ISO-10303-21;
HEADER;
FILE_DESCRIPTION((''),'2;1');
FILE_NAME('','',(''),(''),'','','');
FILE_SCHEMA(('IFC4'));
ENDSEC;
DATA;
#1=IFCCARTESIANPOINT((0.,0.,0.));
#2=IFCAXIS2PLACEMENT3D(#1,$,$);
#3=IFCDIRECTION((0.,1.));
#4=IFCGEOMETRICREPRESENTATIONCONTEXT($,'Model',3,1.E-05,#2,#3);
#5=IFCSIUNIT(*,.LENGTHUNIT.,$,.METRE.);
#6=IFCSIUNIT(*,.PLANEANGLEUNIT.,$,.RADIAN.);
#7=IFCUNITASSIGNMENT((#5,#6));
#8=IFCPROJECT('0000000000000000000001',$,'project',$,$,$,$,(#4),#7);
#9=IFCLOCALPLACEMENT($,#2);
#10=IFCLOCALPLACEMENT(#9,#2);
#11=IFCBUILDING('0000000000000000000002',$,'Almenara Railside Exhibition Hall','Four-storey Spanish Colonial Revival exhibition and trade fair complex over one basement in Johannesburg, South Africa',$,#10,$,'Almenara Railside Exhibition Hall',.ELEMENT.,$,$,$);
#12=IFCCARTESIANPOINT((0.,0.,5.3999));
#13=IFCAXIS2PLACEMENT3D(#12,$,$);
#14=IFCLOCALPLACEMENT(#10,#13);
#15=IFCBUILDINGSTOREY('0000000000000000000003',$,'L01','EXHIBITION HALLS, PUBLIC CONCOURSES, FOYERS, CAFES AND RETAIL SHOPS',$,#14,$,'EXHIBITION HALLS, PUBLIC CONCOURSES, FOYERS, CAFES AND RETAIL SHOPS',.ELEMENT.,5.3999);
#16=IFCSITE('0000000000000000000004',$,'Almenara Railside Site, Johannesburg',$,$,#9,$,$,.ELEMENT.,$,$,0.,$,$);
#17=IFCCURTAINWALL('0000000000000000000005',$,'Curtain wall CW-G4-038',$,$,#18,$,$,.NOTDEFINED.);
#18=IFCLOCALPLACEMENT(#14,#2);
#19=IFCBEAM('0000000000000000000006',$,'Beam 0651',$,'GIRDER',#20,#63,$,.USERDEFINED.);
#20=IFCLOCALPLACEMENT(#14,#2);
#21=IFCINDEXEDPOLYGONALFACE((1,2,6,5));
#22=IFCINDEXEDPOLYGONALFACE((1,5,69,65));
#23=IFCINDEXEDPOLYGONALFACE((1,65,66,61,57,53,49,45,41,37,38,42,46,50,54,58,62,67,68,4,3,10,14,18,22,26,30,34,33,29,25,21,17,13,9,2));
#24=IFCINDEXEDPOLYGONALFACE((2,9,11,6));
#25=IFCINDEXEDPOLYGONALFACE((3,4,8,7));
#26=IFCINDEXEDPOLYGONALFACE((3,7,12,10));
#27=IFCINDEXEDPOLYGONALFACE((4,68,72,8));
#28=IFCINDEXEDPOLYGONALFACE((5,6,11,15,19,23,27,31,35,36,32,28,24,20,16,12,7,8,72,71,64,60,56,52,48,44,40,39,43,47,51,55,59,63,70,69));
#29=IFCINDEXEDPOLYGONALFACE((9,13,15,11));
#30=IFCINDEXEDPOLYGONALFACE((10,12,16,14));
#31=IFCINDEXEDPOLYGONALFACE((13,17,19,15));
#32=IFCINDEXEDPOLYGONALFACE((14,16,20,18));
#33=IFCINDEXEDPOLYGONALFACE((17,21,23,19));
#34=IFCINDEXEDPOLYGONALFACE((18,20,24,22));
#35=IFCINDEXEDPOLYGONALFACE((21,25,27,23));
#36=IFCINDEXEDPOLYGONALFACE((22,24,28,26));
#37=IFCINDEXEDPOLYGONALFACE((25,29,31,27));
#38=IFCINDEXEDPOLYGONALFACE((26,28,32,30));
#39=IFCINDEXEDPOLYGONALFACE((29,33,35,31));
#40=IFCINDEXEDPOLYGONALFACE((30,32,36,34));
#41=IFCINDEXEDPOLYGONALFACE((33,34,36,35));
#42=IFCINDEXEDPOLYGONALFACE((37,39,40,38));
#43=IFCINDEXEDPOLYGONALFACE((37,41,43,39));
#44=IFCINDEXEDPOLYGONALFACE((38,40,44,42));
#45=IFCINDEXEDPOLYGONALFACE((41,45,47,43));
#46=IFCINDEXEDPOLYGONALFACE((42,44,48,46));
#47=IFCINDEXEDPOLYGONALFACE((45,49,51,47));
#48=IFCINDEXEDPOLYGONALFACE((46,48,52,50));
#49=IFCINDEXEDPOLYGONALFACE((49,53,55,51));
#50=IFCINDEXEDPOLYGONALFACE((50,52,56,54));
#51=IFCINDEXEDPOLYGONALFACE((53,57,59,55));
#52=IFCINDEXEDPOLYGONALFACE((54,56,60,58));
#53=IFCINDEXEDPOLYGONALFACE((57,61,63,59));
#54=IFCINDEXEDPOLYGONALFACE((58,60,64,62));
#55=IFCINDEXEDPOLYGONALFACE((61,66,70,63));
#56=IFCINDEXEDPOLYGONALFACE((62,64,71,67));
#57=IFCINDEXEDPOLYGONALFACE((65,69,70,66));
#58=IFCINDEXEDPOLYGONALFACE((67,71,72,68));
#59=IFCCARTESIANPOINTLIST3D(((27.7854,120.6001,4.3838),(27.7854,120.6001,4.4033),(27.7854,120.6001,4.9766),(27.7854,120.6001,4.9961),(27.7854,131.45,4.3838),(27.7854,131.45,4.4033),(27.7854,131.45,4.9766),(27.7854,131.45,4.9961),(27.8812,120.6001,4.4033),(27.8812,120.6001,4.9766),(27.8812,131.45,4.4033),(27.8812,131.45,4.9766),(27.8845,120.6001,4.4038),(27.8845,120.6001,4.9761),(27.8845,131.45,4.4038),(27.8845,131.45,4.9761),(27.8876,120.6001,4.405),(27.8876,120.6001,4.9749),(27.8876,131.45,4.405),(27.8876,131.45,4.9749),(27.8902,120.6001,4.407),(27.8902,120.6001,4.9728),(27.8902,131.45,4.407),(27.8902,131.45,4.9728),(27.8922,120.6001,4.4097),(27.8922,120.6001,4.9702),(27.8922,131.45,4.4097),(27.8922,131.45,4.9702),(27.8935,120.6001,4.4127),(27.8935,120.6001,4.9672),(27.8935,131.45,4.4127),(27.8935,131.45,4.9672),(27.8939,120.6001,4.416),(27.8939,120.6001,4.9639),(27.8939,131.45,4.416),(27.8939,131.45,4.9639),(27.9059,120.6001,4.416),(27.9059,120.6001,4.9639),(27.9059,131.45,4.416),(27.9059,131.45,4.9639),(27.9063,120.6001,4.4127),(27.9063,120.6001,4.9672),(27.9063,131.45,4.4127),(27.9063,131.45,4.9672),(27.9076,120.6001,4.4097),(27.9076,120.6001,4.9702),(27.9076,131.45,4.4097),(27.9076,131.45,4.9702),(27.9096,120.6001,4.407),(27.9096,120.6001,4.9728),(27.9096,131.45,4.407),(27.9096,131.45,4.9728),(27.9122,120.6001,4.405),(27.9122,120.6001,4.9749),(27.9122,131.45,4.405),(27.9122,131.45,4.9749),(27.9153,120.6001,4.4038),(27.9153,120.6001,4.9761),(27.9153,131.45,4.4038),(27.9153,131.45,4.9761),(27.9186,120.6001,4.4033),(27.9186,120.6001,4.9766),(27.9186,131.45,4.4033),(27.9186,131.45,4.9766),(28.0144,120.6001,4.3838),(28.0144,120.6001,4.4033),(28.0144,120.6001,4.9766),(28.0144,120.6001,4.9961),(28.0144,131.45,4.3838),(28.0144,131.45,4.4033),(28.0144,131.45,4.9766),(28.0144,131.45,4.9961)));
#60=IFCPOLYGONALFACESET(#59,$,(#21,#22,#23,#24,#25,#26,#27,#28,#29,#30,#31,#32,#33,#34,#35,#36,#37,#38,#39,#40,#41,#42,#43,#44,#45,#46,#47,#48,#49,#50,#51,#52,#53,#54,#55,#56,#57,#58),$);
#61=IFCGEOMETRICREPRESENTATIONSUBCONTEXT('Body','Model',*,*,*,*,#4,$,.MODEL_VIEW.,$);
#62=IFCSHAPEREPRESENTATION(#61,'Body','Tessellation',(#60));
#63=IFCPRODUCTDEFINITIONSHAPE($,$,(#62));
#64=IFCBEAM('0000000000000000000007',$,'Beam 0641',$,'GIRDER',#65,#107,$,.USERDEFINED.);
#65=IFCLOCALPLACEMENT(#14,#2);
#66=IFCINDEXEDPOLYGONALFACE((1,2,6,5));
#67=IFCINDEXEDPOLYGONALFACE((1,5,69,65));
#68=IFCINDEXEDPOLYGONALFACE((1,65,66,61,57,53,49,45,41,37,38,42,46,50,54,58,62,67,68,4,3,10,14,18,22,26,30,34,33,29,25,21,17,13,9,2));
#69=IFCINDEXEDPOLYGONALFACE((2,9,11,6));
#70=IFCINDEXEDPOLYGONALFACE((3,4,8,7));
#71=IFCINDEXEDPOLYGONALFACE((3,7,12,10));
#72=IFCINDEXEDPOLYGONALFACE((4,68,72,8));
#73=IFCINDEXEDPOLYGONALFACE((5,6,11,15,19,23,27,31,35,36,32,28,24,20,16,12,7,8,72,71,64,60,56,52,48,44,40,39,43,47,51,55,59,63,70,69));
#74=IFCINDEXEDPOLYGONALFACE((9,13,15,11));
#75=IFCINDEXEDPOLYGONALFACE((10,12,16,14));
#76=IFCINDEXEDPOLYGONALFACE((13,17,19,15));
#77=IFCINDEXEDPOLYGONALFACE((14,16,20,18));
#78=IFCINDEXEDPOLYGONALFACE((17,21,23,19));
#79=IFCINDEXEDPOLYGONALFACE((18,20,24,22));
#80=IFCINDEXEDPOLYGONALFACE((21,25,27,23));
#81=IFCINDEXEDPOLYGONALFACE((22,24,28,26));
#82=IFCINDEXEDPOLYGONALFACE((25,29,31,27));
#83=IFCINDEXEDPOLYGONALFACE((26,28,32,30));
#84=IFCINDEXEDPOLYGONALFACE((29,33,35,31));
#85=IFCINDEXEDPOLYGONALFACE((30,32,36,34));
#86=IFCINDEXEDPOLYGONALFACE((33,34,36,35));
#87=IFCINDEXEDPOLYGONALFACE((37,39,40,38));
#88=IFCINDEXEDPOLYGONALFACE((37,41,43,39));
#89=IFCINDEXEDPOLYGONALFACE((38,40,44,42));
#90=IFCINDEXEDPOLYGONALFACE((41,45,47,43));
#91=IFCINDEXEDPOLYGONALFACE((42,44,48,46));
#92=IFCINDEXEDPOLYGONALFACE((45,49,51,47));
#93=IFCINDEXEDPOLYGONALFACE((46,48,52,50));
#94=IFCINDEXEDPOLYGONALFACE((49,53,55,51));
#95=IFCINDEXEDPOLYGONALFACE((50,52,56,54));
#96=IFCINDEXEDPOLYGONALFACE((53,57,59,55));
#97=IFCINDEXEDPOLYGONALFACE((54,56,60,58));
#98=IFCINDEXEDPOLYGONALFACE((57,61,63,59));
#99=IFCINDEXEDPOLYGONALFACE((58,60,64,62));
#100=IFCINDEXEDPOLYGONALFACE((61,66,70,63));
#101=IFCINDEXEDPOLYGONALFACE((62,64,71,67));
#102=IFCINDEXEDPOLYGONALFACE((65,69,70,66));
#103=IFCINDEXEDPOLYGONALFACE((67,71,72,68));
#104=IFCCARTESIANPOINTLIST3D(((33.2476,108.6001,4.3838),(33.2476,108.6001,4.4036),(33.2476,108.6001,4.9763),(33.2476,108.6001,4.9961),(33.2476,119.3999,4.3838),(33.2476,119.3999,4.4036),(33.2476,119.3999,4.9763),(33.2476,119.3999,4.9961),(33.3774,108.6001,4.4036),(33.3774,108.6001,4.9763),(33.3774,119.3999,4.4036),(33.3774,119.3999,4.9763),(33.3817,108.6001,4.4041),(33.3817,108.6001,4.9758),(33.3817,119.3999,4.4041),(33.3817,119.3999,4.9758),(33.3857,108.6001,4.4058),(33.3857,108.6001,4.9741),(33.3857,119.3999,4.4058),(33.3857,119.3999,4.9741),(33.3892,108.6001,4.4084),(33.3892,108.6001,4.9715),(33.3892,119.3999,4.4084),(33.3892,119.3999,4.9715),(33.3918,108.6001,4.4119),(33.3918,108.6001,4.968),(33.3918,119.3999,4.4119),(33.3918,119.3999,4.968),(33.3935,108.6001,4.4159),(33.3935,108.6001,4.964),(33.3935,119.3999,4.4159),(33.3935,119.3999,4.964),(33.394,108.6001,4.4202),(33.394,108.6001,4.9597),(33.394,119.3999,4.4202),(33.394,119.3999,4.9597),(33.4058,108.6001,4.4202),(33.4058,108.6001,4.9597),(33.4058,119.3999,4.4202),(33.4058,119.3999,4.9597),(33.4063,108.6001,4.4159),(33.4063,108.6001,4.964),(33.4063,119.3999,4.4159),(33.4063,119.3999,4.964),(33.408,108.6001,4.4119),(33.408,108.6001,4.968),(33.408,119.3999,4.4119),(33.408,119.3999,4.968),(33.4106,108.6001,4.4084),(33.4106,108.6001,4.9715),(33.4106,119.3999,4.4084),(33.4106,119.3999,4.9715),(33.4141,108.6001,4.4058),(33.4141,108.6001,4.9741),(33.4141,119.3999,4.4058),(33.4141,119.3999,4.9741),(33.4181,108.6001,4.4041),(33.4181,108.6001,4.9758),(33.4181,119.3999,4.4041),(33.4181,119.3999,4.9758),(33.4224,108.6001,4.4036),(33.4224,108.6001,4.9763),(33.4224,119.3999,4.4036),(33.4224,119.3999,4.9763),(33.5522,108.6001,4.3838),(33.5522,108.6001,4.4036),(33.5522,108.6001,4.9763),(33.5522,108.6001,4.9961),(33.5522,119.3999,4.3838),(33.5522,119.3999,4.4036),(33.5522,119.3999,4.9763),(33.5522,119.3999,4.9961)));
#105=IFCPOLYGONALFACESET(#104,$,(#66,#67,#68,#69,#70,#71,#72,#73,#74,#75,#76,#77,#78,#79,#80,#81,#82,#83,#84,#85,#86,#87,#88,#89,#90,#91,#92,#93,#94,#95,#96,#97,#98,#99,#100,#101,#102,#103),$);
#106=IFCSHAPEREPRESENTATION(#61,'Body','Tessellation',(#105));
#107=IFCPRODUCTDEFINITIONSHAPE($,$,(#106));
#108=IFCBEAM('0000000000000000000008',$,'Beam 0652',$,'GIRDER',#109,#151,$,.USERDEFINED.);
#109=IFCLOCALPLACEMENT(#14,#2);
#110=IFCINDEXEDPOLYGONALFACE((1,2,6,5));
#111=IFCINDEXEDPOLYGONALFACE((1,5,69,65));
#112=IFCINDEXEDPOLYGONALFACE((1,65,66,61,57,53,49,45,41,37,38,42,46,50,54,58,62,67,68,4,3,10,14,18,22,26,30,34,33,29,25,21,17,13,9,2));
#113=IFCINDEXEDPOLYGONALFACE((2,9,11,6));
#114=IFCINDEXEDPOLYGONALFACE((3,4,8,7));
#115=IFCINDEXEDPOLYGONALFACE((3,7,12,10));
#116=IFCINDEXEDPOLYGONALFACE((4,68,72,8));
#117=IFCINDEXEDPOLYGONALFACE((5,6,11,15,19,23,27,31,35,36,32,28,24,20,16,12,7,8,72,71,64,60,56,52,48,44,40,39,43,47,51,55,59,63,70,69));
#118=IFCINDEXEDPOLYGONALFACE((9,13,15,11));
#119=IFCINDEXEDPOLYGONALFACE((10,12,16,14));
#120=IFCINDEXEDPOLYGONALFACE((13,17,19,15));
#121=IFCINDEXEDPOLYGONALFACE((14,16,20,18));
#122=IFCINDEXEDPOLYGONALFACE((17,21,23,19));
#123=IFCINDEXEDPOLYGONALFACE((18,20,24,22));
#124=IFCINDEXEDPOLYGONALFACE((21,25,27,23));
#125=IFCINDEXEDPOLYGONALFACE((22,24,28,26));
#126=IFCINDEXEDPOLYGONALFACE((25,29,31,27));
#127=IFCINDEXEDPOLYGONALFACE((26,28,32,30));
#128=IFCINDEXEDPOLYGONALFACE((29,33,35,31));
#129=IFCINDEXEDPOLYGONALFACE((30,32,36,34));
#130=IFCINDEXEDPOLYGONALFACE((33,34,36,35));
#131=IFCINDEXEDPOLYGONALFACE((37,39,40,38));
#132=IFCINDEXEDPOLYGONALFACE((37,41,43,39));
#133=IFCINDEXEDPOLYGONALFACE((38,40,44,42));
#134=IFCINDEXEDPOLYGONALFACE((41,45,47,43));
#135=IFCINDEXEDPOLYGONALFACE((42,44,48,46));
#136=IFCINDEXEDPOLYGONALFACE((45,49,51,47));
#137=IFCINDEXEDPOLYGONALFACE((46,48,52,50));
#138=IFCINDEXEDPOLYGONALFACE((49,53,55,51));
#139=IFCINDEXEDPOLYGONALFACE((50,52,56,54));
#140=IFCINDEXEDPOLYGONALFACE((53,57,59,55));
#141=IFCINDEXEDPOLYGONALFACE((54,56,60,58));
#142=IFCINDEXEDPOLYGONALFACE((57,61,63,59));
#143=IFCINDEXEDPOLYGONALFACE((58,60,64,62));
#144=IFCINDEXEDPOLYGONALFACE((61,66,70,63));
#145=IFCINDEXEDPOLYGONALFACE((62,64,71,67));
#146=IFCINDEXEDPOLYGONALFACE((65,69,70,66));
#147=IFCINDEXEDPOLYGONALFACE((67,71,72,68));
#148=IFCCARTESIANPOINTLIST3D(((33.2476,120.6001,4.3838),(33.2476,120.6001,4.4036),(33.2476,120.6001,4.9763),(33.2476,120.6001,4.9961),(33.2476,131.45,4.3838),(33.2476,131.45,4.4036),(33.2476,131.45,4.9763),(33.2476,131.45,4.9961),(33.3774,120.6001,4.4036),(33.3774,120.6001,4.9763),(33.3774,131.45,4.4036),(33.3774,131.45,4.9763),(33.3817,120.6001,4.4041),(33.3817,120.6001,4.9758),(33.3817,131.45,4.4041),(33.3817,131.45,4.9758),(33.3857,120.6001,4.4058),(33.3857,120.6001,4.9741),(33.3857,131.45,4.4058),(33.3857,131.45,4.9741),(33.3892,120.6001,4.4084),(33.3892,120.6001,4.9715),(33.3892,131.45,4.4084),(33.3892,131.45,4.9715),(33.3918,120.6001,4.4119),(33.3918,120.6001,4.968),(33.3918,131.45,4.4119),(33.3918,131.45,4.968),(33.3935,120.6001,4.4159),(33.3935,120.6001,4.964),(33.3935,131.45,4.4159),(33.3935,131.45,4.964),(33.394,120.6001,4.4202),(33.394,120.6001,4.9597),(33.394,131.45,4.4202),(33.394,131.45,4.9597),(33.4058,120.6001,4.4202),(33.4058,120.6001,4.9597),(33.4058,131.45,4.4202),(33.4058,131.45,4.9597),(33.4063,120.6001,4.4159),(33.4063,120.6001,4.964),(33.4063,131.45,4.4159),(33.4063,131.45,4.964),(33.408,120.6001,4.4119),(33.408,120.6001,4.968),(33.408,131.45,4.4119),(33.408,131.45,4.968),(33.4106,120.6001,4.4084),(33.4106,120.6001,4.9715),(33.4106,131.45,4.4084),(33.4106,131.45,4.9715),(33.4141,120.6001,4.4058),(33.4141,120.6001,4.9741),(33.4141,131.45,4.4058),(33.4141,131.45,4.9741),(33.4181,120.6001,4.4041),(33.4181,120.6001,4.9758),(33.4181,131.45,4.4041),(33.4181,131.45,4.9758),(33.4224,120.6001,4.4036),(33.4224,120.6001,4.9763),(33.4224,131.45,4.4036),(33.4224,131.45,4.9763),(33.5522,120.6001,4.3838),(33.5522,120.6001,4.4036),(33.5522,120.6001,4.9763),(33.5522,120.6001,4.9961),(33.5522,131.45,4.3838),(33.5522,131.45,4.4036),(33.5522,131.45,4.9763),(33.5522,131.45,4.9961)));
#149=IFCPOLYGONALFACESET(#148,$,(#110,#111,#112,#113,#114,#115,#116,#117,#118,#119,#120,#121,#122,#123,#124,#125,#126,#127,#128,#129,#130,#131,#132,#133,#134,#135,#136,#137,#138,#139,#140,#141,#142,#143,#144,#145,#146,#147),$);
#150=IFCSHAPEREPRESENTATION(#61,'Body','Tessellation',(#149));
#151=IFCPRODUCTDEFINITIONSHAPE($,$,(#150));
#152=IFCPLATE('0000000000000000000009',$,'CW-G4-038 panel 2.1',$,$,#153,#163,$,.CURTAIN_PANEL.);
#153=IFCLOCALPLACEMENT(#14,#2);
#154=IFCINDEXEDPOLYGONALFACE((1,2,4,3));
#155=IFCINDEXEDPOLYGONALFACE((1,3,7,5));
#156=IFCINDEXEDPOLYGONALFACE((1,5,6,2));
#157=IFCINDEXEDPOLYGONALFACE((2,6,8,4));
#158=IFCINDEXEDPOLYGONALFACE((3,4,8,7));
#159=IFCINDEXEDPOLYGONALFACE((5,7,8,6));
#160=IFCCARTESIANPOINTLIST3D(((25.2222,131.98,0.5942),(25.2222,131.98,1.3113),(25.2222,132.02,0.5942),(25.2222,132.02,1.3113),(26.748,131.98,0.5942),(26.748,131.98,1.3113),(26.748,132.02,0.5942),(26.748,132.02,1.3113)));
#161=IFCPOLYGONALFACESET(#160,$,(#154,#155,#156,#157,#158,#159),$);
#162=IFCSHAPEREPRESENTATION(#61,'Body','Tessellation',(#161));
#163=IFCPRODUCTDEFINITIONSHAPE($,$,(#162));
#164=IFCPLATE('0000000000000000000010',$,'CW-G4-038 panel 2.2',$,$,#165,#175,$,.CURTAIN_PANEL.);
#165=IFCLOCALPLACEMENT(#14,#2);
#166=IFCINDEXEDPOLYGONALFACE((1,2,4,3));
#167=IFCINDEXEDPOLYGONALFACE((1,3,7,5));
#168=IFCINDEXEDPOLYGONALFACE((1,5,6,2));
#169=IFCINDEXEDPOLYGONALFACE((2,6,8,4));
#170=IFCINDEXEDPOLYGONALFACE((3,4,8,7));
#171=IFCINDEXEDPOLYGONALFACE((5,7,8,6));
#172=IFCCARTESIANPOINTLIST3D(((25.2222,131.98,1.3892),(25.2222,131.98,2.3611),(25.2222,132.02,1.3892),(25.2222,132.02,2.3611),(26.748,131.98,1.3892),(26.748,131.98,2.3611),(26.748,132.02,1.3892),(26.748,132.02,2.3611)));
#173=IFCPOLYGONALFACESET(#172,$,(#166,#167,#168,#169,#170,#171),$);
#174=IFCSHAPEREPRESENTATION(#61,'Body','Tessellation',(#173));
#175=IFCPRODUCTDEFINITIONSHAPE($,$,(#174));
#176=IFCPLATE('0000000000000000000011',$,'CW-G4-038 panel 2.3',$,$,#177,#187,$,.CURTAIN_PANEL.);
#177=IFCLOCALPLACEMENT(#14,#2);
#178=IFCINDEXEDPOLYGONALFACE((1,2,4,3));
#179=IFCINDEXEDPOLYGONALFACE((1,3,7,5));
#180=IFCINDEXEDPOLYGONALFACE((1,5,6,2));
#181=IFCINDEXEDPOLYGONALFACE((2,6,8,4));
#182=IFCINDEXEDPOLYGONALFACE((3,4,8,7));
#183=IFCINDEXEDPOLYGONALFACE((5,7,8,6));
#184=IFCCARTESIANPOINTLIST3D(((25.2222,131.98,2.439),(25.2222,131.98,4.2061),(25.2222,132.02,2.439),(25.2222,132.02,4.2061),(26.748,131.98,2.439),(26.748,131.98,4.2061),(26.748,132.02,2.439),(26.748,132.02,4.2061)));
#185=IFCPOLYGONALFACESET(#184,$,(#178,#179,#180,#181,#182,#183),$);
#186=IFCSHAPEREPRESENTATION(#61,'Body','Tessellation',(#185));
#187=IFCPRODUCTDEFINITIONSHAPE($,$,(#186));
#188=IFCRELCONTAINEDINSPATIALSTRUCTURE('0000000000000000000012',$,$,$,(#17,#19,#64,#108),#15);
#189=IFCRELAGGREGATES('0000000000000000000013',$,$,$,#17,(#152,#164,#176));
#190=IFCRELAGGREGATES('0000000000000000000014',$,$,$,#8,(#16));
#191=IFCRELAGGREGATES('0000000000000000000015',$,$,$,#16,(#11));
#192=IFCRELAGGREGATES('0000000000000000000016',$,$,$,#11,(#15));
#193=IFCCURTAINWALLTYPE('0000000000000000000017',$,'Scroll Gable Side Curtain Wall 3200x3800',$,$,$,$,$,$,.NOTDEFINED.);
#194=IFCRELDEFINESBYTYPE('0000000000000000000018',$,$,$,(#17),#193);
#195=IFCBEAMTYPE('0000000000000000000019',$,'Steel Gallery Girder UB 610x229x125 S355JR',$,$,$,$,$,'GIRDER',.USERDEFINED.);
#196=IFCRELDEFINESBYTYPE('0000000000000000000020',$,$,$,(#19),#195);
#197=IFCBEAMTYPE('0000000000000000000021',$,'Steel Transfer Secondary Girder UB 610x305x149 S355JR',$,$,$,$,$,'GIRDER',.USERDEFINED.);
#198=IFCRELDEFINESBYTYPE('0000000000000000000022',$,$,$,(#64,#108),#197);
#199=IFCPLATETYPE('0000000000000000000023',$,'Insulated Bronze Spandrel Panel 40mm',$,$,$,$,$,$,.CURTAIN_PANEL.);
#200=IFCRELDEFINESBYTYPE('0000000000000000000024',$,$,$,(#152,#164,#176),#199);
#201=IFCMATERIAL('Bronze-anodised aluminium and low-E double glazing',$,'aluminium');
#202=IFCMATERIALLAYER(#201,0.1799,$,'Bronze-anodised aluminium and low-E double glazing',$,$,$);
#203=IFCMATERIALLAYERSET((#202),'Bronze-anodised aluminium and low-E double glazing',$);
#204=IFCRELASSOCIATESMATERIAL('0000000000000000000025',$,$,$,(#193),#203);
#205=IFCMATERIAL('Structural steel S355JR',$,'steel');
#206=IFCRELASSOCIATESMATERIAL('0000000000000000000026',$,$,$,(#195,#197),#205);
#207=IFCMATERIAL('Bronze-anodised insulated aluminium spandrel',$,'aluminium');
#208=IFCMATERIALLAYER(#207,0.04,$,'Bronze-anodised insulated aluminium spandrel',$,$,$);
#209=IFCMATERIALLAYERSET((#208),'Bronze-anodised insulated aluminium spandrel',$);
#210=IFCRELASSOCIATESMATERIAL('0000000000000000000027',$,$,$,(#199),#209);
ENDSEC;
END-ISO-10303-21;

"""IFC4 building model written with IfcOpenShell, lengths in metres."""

from ifc_helpers import new_model, si_unit, direction, frame, origin, origin_2d, place, context, subcontext, project, spatial, rectangle, i_section, extrude, material, layer, layer_set, material_profile, profile_set, type_object, element, aggregate, save


model = new_model("IFC4")

# Units and contexts
model_context = context("Model", 3, precision=1e-05, world=origin(), true_north=direction((0.0, 1.0)))
body_context = subcontext(model_context, "Body", "Model", "MODEL_VIEW")
ifc_project = project(units=[si_unit("LENGTHUNIT", "METRE"), si_unit("PLANEANGLEUNIT", "RADIAN")], contexts=[model_context])

# Site, building, storey
site_placement = place(None, origin())
site = spatial("IfcSite", under=ifc_project, at=site_placement, Name="Almenara Railside Site, Johannesburg", CompositionType="ELEMENT", RefElevation=0.0)
building_placement = place(site_placement, origin())
building = spatial("IfcBuilding", under=site, at=building_placement, Name="Almenara Railside Exhibition Hall", Description="Four-storey Spanish Colonial Revival exhibition and trade fair complex over one basement in Johannesburg, South Africa", LongName="Almenara Railside Exhibition Hall", CompositionType="ELEMENT")
storey_placement = place(building_placement, frame((0.0, 0.0, 5.3999)))
storey = spatial("IfcBuildingStorey", under=building, at=storey_placement, Name="L01", Description="EXHIBITION HALLS, PUBLIC CONCOURSES, FOYERS, CAFES AND RETAIL SHOPS", LongName="EXHIBITION HALLS, PUBLIC CONCOURSES, FOYERS, CAFES AND RETAIL SHOPS", CompositionType="ELEMENT", Elevation=5.3999)

# Shared definitions
ifc_material_1 = material(Name="Bronze-anodised aluminium and low-E double glazing", Category="aluminium")

# Curtain wall
ifc_layer_1 = layer(ifc_material_1, 0.1799, Name="Bronze-anodised aluminium and low-E double glazing")
ifc_layer_set_1 = layer_set([ifc_layer_1], Name="Bronze-anodised aluminium and low-E double glazing")
curtain_wall_type_1 = type_object("IfcCurtainWallType", Name="Scroll Gable Side Curtain Wall 3200x3800", PredefinedType="NOTDEFINED", material=ifc_layer_set_1)
curtain_wall_1_placement = place(storey_placement, origin())
curtain_wall_1 = element("IfcCurtainWall", 1, at=curtain_wall_1_placement, inside=storey, type_object=curtain_wall_type_1, Name="Curtain wall CW-G4-038", PredefinedType="NOTDEFINED")

# Beams
ifc_material_2 = material(Name="Structural steel S355JR", Category="steel")
ifc_material_profile_1 = material_profile(ifc_material_2, i_section(OverallWidth=0.229, OverallDepth=0.6123, WebThickness=0.012, FlangeThickness=0.0195, FilletRadius=0.0127, at=origin_2d()), Name="UB 610x229x125")
ifc_profile_set_1 = profile_set([ifc_material_profile_1], Name="Structural steel S355JR")
beam_type_1 = type_object("IfcBeamType", Name="Steel Gallery Girder UB 610x229x125 S355JR", ElementType="GIRDER", PredefinedType="USERDEFINED", material=ifc_profile_set_1)
beam_1_placement = place(storey_placement, frame((27.8999, 120.6001, 4.6899), z_axis=(0.0, 1.0, 0.0), x_axis=(-1.0, 0.0, 0.0)))
element("IfcBeam", 2, at=beam_1_placement, inside=storey, type_object=beam_type_1, Name="Beam 0651", ObjectType="GIRDER", PredefinedType="USERDEFINED", context=body_context, shape_type="SweptSolid", body=[
    extrude(i_section(OverallWidth=0.229, OverallDepth=0.6123, WebThickness=0.012, FlangeThickness=0.0195, FilletRadius=0.0127, at=origin_2d()), origin(), (0.0, 0.0, 1.0), 10.8499),
])
ifc_material_profile_2 = material_profile(ifc_material_2, i_section(OverallWidth=0.3047, OverallDepth=0.6123, WebThickness=0.0117, FlangeThickness=0.0198, FilletRadius=0.0166, at=origin_2d()), Name="UB 610x305x149")
ifc_profile_set_2 = profile_set([ifc_material_profile_2], Name="Structural steel S355JR")
beam_type_2 = type_object("IfcBeamType", Name="Steel Transfer Secondary Girder UB 610x305x149 S355JR", ElementType="GIRDER", PredefinedType="USERDEFINED", material=ifc_profile_set_2)
beam_2_placement = place(storey_placement, frame((33.3999, 108.6001, 4.6899), z_axis=(0.0, 1.0, 0.0), x_axis=(-1.0, 0.0, 0.0)))
element("IfcBeam", 3, at=beam_2_placement, inside=storey, type_object=beam_type_2, Name="Beam 0641", ObjectType="GIRDER", PredefinedType="USERDEFINED", context=body_context, shape_type="SweptSolid", body=[
    extrude(i_section(OverallWidth=0.3047, OverallDepth=0.6123, WebThickness=0.0117, FlangeThickness=0.0198, FilletRadius=0.0166, at=origin_2d()), origin(), (0.0, 0.0, 1.0), 10.7998),
])
beam_3_placement = place(storey_placement, frame((33.3999, 120.6001, 4.6899), z_axis=(0.0, 1.0, 0.0), x_axis=(-1.0, 0.0, 0.0)))
element("IfcBeam", 4, at=beam_3_placement, inside=storey, type_object=beam_type_2, Name="Beam 0652", ObjectType="GIRDER", PredefinedType="USERDEFINED", context=body_context, shape_type="SweptSolid", body=[
    extrude(i_section(OverallWidth=0.3047, OverallDepth=0.6123, WebThickness=0.0117, FlangeThickness=0.0198, FilletRadius=0.0166, at=origin_2d()), origin(), (0.0, 0.0, 1.0), 10.8499),
])

# Plates
ifc_material_3 = material(Name="Bronze-anodised insulated aluminium spandrel", Category="aluminium")
ifc_layer_2 = layer(ifc_material_3, 0.04, Name="Bronze-anodised insulated aluminium spandrel")
ifc_layer_set_2 = layer_set([ifc_layer_2], Name="Bronze-anodised insulated aluminium spandrel")
plate_type_1 = type_object("IfcPlateType", Name="Insulated Bronze Spandrel Panel 40mm", PredefinedType="CURTAIN_PANEL", material=ifc_layer_set_2)
plate_1_placement = place(storey_placement, frame((25.9851, 132.0, 0.5942), z_axis=(0.0, 0.0, 1.0), x_axis=(1.0, 0.0, 0.0)))
plate_1 = element("IfcPlate", 5, at=plate_1_placement, type_object=plate_type_1, Name="CW-G4-038 panel 2.1", PredefinedType="CURTAIN_PANEL", context=body_context, shape_type="SweptSolid", body=[
    extrude(rectangle(XDim=1.5259, YDim=0.04, at=origin_2d()), origin(), (0.0, 0.0, 1.0), 0.717),
])
plate_2_placement = place(storey_placement, frame((25.9851, 132.0, 1.3892), z_axis=(0.0, 0.0, 1.0), x_axis=(1.0, 0.0, 0.0)))
plate_2 = element("IfcPlate", 6, at=plate_2_placement, type_object=plate_type_1, Name="CW-G4-038 panel 2.2", PredefinedType="CURTAIN_PANEL", context=body_context, shape_type="SweptSolid", body=[
    extrude(rectangle(XDim=1.5259, YDim=0.04, at=origin_2d()), origin(), (0.0, 0.0, 1.0), 0.9719),
])
plate_3_placement = place(storey_placement, frame((25.9851, 132.0, 2.439), z_axis=(0.0, 0.0, 1.0), x_axis=(1.0, 0.0, 0.0)))
plate_3 = element("IfcPlate", 7, at=plate_3_placement, type_object=plate_type_1, Name="CW-G4-038 panel 2.3", PredefinedType="CURTAIN_PANEL", context=body_context, shape_type="SweptSolid", body=[
    extrude(rectangle(XDim=1.5259, YDim=0.04, at=origin_2d()), origin(), (0.0, 0.0, 1.0), 1.7671),
])
aggregate(curtain_wall_1, [plate_1, plate_2, plate_3])

save(model, "model.ifc")
